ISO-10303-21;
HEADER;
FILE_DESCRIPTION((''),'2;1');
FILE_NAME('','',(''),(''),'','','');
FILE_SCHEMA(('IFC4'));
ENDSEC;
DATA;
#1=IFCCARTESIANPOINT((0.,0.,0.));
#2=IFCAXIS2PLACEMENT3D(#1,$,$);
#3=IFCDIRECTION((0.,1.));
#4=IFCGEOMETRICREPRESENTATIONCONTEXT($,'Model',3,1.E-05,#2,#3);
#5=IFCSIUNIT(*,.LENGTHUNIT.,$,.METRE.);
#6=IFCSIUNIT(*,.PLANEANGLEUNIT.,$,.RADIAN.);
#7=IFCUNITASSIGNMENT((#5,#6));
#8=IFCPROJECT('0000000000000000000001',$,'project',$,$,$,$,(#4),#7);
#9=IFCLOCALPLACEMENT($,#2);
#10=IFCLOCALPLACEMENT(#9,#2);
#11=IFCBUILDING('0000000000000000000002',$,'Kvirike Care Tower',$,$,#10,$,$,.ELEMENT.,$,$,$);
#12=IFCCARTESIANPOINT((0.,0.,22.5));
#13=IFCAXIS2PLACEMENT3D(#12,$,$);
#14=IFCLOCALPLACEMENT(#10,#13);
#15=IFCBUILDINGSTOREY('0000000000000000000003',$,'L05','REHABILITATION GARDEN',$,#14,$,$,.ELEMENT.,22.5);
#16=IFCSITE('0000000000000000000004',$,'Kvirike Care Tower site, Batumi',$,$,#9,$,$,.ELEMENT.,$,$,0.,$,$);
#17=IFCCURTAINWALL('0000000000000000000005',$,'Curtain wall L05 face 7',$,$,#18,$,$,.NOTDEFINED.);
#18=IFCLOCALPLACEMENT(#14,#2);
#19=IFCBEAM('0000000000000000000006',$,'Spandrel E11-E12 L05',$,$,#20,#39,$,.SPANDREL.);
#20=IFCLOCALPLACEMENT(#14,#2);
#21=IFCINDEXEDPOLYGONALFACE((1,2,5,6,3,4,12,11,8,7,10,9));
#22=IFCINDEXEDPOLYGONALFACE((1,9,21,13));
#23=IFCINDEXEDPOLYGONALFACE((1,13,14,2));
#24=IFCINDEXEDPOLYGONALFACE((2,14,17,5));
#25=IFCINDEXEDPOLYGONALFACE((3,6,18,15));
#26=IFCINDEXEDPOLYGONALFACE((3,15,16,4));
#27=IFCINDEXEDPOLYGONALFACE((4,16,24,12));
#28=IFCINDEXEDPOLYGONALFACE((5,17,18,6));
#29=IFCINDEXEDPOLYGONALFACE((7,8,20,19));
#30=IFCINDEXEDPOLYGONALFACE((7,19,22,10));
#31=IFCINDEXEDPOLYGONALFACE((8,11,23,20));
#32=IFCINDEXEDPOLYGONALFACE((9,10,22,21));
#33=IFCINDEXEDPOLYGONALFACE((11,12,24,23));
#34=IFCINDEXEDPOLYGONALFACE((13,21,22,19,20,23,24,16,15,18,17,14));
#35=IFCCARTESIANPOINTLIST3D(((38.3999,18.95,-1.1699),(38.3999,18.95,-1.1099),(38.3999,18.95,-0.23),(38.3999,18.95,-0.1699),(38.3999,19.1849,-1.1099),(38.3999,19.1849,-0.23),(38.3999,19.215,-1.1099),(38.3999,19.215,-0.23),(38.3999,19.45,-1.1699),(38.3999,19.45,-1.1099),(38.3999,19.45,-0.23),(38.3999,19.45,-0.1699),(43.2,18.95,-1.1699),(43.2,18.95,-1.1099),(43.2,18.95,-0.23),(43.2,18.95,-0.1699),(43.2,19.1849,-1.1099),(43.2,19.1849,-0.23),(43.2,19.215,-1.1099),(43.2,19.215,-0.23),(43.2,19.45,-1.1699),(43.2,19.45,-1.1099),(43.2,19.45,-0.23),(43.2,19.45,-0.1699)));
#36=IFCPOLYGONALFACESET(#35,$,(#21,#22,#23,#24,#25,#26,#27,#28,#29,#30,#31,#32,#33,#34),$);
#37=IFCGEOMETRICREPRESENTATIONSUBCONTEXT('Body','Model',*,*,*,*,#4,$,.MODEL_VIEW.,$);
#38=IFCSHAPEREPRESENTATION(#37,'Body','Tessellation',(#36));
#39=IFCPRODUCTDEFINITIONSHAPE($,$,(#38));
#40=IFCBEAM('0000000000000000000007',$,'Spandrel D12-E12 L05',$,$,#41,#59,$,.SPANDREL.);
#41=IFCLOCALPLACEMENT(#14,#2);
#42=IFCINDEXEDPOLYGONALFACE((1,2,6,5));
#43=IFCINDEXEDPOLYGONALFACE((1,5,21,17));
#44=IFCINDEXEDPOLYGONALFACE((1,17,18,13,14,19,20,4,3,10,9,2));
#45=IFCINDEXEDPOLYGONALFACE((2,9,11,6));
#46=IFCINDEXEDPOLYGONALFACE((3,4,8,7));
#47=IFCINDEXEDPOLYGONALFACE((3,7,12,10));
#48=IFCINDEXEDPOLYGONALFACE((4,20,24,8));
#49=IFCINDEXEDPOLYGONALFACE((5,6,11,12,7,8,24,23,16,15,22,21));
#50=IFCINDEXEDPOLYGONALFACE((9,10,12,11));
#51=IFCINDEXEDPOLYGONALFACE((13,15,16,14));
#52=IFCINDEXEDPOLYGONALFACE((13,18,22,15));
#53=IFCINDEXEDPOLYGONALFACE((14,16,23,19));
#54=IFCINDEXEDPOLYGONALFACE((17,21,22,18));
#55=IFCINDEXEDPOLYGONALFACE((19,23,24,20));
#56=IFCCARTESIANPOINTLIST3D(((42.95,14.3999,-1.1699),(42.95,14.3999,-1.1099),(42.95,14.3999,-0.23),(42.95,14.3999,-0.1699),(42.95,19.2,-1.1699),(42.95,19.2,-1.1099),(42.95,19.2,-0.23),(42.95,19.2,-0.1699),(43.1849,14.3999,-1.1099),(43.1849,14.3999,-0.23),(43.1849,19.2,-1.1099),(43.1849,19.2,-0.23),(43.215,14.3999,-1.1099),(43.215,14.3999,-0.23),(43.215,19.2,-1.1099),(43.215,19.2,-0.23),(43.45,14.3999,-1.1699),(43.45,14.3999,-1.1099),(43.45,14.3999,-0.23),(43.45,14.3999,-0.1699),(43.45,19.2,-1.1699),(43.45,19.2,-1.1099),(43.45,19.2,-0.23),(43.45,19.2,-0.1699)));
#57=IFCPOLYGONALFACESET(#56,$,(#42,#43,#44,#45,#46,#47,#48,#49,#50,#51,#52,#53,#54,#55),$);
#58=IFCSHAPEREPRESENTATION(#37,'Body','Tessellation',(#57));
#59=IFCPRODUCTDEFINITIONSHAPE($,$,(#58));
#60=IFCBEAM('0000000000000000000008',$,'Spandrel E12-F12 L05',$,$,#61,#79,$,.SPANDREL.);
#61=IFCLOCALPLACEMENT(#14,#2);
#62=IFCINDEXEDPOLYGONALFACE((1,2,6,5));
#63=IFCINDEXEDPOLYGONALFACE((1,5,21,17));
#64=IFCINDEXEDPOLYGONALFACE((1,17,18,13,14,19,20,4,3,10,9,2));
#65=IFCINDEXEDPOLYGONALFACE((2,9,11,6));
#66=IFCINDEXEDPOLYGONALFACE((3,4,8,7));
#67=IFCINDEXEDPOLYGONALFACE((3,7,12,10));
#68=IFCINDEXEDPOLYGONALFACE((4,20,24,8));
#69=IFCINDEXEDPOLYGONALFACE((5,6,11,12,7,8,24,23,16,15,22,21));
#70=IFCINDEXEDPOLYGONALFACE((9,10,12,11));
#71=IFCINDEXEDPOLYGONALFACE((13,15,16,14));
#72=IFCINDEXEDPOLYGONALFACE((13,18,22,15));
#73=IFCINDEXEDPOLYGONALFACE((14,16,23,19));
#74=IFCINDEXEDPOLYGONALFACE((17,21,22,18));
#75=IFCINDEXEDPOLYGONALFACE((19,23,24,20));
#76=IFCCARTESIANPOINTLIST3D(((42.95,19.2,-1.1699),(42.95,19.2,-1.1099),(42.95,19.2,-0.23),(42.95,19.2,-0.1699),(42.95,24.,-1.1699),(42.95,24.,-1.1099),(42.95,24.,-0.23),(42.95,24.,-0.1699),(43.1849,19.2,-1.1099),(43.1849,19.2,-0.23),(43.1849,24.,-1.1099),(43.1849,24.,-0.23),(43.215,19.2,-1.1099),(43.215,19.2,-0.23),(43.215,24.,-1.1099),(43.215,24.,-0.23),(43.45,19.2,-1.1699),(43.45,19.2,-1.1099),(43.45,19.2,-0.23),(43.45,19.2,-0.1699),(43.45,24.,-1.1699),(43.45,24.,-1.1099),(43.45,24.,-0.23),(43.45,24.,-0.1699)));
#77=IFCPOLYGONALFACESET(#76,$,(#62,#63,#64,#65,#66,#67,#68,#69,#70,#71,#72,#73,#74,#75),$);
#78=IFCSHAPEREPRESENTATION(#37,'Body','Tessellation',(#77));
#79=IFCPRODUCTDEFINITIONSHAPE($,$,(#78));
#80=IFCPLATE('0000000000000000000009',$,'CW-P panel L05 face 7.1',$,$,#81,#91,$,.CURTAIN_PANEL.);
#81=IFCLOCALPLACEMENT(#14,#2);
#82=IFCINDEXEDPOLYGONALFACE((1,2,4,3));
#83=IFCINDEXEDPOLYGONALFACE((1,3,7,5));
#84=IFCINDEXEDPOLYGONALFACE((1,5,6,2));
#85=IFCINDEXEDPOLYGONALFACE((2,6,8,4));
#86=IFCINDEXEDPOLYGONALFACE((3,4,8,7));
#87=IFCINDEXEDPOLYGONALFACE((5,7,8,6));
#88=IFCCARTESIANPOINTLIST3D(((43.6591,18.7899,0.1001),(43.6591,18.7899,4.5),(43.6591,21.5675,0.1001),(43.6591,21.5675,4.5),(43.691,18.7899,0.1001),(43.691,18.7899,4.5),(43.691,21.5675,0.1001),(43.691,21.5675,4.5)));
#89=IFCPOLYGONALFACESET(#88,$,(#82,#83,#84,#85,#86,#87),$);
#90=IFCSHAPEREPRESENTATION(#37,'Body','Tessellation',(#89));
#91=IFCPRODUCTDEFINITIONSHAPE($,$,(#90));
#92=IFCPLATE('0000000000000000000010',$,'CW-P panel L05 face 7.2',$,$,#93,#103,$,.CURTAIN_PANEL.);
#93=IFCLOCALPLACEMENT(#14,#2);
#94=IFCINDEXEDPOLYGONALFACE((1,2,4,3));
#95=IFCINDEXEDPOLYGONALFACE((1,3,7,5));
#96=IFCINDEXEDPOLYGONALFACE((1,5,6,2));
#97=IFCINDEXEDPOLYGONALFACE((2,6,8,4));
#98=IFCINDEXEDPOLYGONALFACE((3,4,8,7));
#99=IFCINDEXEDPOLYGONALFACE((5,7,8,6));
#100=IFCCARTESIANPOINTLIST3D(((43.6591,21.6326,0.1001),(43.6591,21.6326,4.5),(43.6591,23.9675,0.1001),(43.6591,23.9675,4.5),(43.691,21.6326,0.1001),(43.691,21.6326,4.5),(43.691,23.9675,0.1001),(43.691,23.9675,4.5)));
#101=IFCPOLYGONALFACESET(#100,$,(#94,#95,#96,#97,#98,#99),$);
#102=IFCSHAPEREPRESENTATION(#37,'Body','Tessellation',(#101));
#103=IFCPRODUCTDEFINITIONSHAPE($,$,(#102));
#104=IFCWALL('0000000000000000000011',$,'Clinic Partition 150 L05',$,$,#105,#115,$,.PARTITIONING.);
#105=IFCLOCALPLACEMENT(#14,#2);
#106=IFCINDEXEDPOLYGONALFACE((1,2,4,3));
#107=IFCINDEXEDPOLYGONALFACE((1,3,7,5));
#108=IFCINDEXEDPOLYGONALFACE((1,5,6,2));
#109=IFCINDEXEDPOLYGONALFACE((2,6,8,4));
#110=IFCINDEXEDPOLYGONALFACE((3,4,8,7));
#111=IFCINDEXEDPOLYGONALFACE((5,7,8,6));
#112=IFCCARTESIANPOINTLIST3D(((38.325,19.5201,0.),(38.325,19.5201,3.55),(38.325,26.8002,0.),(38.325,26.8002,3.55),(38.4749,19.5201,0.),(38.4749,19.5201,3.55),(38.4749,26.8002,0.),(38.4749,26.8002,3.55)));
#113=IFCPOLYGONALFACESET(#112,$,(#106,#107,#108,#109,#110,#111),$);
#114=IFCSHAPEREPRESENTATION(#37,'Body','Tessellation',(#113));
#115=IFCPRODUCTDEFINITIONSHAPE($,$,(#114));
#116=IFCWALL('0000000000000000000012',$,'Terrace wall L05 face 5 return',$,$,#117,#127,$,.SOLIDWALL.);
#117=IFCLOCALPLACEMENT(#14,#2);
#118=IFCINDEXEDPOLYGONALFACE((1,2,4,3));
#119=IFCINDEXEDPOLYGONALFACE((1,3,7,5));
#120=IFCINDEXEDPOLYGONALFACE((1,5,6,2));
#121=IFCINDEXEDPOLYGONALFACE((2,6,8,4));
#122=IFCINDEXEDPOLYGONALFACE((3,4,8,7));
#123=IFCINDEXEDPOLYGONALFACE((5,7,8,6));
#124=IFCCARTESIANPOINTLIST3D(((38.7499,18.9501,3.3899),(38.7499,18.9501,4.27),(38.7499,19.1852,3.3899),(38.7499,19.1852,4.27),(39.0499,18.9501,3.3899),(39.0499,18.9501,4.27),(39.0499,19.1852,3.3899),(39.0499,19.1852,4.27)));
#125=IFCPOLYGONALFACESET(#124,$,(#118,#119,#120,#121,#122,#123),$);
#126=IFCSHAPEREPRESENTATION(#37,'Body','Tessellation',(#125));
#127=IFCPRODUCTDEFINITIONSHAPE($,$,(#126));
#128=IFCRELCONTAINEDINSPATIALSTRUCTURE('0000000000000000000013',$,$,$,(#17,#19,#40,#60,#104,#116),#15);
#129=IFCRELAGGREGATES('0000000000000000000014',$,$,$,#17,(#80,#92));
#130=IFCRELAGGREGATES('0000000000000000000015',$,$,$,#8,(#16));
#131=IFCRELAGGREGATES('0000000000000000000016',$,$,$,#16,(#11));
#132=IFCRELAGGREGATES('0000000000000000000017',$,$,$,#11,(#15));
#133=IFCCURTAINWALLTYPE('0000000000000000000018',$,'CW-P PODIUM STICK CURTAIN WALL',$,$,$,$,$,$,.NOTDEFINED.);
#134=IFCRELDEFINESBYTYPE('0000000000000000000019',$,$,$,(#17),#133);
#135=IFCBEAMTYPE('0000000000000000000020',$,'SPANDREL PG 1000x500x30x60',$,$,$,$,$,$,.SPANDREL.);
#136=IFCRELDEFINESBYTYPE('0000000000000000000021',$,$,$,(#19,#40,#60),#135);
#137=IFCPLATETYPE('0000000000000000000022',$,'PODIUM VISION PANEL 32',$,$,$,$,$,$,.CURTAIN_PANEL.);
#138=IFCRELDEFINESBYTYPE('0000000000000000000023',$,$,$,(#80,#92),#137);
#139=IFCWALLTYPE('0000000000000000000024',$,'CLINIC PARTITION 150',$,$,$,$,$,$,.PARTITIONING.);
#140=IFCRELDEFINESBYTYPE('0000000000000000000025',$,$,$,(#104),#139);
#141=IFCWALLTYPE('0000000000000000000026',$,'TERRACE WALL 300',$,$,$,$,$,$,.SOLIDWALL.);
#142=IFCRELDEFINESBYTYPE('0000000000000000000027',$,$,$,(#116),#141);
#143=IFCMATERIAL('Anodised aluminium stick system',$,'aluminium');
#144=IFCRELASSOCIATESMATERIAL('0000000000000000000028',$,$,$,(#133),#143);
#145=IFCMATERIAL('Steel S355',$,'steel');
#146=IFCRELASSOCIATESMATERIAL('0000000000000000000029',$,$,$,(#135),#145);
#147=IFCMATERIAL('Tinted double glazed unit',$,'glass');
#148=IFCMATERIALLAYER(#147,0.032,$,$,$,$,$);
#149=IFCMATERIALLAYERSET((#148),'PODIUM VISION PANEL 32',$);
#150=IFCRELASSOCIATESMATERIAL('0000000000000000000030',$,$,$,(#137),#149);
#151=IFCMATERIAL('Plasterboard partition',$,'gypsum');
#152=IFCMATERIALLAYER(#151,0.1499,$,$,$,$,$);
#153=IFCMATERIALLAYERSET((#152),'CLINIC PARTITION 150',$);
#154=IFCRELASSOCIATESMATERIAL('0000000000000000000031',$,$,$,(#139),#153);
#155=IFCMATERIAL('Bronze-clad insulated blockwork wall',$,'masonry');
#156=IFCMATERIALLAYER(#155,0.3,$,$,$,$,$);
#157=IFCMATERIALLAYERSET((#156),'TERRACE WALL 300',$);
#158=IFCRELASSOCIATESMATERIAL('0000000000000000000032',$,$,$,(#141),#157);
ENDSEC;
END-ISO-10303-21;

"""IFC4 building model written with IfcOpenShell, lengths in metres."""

from ifc_helpers import new_model, si_unit, direction, frame, frame_2d, origin, origin_2d, place, context, subcontext, project, spatial, rectangle, i_section, extrude, material, layer, layer_set, material_profile, profile_set, type_object, element, aggregate, save


model = new_model("IFC4")

# Units and contexts
model_context = context("Model", 3, precision=1e-05, world=origin(), true_north=direction((0.0, 1.0)))
body_context = subcontext(model_context, "Body", "Model", "MODEL_VIEW")
ifc_project = project(units=[si_unit("LENGTHUNIT", "METRE"), si_unit("PLANEANGLEUNIT", "RADIAN")], contexts=[model_context])

# Site, building, storey
site_placement = place(None, origin())
site = spatial("IfcSite", under=ifc_project, at=site_placement, Name="Kvirike Care Tower site, Batumi", CompositionType="ELEMENT", RefElevation=0.0)
building_placement = place(site_placement, origin())
building = spatial("IfcBuilding", under=site, at=building_placement, Name="Kvirike Care Tower", CompositionType="ELEMENT")
storey_placement = place(building_placement, frame((0.0, 0.0, 22.5)))
storey = spatial("IfcBuildingStorey", under=building, at=storey_placement, Name="L05", Description="REHABILITATION GARDEN", CompositionType="ELEMENT", Elevation=22.5)

# Curtain wall
ifc_material_1 = material(Name="Anodised aluminium stick system", Category="aluminium")
curtain_wall_type = type_object("IfcCurtainWallType", Name="CW-P PODIUM STICK CURTAIN WALL", PredefinedType="NOTDEFINED", material=ifc_material_1)
curtain_wall_placement = place(storey_placement, origin())
curtain_wall = element("IfcCurtainWall", 1, at=curtain_wall_placement, inside=storey, type_object=curtain_wall_type, Name="Curtain wall L05 face 7", PredefinedType="NOTDEFINED")

# Beams
ifc_material_2 = material(Name="Steel S355", Category="steel")
ifc_material_profile_1 = material_profile(ifc_material_2, i_section(OverallWidth=0.5, OverallDepth=1.0, WebThickness=0.03, FlangeThickness=0.0601, at=origin_2d()), Name="PG 1000x500x30x60")
ifc_profile_set_1 = profile_set([ifc_material_profile_1], Name="Steel S355")
beam_type_1 = type_object("IfcBeamType", Name="SPANDREL PG 1000x500x30x60", PredefinedType="SPANDREL", material=ifc_profile_set_1)
for number, where, z_axis, x_axis, name in (
    (2, (38.3999, 19.2, -0.6699), (1.0, 0.0, 0.0), (0.0, 1.0, 0.0), "Spandrel E11-E12 L05"),
    (3, (43.2, 14.3999, -0.6699), (0.0, 1.0, 0.0), (-1.0, 0.0, 0.0), "Spandrel D12-E12 L05"),
    (4, (43.2, 19.2, -0.6699), (0.0, 1.0, 0.0), (-1.0, 0.0, 0.0), "Spandrel E12-F12 L05"),
):
    element("IfcBeam", number, at=place(storey_placement, frame(where, z_axis=z_axis, x_axis=x_axis)), inside=storey, type_object=beam_type_1, Name=name, PredefinedType="SPANDREL", context=body_context, shape_type="SweptSolid", body=[
        extrude(i_section(OverallWidth=0.5, OverallDepth=1.0, WebThickness=0.03, FlangeThickness=0.0601, at=origin_2d()), origin(), (0.0, 0.0, 1.0), 4.8),
    ])

# Plates
ifc_material_3 = material(Name="Tinted double glazed unit", Category="glass")
ifc_layer_1 = layer(ifc_material_3, 0.032)
ifc_layer_set_1 = layer_set([ifc_layer_1], Name="PODIUM VISION PANEL 32")
plate_type = type_object("IfcPlateType", Name="PODIUM VISION PANEL 32", PredefinedType="CURTAIN_PANEL", material=ifc_layer_set_1)
plate_1_placement = place(storey_placement, frame((43.675, 20.1787, 0.1001), z_axis=(0.0, 0.0, 1.0), x_axis=(0.0, 1.0, 0.0)))
plate_1 = element("IfcPlate", 5, at=plate_1_placement, type_object=plate_type, Name="CW-P panel L05 face 7.1", PredefinedType="CURTAIN_PANEL", context=body_context, shape_type="SweptSolid", body=[
    extrude(rectangle(XDim=2.7776, YDim=0.032, at=origin_2d()), origin(), (0.0, 0.0, 1.0), 4.3999),
])
plate_2_placement = place(storey_placement, frame((43.675, 22.8, 0.1001), z_axis=(0.0, 0.0, 1.0), x_axis=(0.0, 1.0, 0.0)))
plate_2 = element("IfcPlate", 6, at=plate_2_placement, type_object=plate_type, Name="CW-P panel L05 face 7.2", PredefinedType="CURTAIN_PANEL", context=body_context, shape_type="SweptSolid", body=[
    extrude(rectangle(XDim=2.335, YDim=0.032, at=origin_2d()), origin(), (0.0, 0.0, 1.0), 4.3999),
])
aggregate(curtain_wall, [plate_1, plate_2])

# Wall
ifc_material_4 = material(Name="Plasterboard partition", Category="gypsum")
ifc_layer_2 = layer(ifc_material_4, 0.1499)
ifc_layer_set_2 = layer_set([ifc_layer_2], Name="CLINIC PARTITION 150")
wall_type_1 = type_object("IfcWallType", Name="CLINIC PARTITION 150", PredefinedType="PARTITIONING", material=ifc_layer_set_2)
wall_1_placement = place(storey_placement, frame((38.3999, 19.52, 0.0), z_axis=(0.0, 0.0, 1.0), x_axis=(0.0, 1.0, 0.0)))
element("IfcWall", 7, at=wall_1_placement, inside=storey, type_object=wall_type_1, Name="Clinic Partition 150 L05", PredefinedType="PARTITIONING", context=body_context, shape_type="SweptSolid", body=[
    extrude(rectangle(XDim=7.28, YDim=0.1499, at=frame_2d((3.6401, 0.0))), origin(), (0.0, 0.0, 1.0), 3.55),
])

# Shared definitions
ifc_material_5 = material(Name="Bronze-clad insulated blockwork wall", Category="masonry")
ifc_layer_3 = layer(ifc_material_5, 0.3)
ifc_layer_set_3 = layer_set([ifc_layer_3], Name="TERRACE WALL 300")
wall_type_2 = type_object("IfcWallType", Name="TERRACE WALL 300", PredefinedType="SOLIDWALL", material=ifc_layer_set_3)

# Wall
wall_2_placement = place(storey_placement, frame((38.8999, 18.95, 3.3899), z_axis=(0.0, 0.0, 1.0), x_axis=(0.0, 1.0, 0.0)))
element("IfcWall", 8, at=wall_2_placement, inside=storey, type_object=wall_type_2, Name="Terrace wall L05 face 5 return", PredefinedType="SOLIDWALL", context=body_context, shape_type="SweptSolid", body=[
    extrude(rectangle(XDim=0.2351, YDim=0.3, at=frame_2d((0.1177, 0.0))), origin(), (0.0, 0.0, 1.0), 0.8801),
])

save(model, "model.ifc")
